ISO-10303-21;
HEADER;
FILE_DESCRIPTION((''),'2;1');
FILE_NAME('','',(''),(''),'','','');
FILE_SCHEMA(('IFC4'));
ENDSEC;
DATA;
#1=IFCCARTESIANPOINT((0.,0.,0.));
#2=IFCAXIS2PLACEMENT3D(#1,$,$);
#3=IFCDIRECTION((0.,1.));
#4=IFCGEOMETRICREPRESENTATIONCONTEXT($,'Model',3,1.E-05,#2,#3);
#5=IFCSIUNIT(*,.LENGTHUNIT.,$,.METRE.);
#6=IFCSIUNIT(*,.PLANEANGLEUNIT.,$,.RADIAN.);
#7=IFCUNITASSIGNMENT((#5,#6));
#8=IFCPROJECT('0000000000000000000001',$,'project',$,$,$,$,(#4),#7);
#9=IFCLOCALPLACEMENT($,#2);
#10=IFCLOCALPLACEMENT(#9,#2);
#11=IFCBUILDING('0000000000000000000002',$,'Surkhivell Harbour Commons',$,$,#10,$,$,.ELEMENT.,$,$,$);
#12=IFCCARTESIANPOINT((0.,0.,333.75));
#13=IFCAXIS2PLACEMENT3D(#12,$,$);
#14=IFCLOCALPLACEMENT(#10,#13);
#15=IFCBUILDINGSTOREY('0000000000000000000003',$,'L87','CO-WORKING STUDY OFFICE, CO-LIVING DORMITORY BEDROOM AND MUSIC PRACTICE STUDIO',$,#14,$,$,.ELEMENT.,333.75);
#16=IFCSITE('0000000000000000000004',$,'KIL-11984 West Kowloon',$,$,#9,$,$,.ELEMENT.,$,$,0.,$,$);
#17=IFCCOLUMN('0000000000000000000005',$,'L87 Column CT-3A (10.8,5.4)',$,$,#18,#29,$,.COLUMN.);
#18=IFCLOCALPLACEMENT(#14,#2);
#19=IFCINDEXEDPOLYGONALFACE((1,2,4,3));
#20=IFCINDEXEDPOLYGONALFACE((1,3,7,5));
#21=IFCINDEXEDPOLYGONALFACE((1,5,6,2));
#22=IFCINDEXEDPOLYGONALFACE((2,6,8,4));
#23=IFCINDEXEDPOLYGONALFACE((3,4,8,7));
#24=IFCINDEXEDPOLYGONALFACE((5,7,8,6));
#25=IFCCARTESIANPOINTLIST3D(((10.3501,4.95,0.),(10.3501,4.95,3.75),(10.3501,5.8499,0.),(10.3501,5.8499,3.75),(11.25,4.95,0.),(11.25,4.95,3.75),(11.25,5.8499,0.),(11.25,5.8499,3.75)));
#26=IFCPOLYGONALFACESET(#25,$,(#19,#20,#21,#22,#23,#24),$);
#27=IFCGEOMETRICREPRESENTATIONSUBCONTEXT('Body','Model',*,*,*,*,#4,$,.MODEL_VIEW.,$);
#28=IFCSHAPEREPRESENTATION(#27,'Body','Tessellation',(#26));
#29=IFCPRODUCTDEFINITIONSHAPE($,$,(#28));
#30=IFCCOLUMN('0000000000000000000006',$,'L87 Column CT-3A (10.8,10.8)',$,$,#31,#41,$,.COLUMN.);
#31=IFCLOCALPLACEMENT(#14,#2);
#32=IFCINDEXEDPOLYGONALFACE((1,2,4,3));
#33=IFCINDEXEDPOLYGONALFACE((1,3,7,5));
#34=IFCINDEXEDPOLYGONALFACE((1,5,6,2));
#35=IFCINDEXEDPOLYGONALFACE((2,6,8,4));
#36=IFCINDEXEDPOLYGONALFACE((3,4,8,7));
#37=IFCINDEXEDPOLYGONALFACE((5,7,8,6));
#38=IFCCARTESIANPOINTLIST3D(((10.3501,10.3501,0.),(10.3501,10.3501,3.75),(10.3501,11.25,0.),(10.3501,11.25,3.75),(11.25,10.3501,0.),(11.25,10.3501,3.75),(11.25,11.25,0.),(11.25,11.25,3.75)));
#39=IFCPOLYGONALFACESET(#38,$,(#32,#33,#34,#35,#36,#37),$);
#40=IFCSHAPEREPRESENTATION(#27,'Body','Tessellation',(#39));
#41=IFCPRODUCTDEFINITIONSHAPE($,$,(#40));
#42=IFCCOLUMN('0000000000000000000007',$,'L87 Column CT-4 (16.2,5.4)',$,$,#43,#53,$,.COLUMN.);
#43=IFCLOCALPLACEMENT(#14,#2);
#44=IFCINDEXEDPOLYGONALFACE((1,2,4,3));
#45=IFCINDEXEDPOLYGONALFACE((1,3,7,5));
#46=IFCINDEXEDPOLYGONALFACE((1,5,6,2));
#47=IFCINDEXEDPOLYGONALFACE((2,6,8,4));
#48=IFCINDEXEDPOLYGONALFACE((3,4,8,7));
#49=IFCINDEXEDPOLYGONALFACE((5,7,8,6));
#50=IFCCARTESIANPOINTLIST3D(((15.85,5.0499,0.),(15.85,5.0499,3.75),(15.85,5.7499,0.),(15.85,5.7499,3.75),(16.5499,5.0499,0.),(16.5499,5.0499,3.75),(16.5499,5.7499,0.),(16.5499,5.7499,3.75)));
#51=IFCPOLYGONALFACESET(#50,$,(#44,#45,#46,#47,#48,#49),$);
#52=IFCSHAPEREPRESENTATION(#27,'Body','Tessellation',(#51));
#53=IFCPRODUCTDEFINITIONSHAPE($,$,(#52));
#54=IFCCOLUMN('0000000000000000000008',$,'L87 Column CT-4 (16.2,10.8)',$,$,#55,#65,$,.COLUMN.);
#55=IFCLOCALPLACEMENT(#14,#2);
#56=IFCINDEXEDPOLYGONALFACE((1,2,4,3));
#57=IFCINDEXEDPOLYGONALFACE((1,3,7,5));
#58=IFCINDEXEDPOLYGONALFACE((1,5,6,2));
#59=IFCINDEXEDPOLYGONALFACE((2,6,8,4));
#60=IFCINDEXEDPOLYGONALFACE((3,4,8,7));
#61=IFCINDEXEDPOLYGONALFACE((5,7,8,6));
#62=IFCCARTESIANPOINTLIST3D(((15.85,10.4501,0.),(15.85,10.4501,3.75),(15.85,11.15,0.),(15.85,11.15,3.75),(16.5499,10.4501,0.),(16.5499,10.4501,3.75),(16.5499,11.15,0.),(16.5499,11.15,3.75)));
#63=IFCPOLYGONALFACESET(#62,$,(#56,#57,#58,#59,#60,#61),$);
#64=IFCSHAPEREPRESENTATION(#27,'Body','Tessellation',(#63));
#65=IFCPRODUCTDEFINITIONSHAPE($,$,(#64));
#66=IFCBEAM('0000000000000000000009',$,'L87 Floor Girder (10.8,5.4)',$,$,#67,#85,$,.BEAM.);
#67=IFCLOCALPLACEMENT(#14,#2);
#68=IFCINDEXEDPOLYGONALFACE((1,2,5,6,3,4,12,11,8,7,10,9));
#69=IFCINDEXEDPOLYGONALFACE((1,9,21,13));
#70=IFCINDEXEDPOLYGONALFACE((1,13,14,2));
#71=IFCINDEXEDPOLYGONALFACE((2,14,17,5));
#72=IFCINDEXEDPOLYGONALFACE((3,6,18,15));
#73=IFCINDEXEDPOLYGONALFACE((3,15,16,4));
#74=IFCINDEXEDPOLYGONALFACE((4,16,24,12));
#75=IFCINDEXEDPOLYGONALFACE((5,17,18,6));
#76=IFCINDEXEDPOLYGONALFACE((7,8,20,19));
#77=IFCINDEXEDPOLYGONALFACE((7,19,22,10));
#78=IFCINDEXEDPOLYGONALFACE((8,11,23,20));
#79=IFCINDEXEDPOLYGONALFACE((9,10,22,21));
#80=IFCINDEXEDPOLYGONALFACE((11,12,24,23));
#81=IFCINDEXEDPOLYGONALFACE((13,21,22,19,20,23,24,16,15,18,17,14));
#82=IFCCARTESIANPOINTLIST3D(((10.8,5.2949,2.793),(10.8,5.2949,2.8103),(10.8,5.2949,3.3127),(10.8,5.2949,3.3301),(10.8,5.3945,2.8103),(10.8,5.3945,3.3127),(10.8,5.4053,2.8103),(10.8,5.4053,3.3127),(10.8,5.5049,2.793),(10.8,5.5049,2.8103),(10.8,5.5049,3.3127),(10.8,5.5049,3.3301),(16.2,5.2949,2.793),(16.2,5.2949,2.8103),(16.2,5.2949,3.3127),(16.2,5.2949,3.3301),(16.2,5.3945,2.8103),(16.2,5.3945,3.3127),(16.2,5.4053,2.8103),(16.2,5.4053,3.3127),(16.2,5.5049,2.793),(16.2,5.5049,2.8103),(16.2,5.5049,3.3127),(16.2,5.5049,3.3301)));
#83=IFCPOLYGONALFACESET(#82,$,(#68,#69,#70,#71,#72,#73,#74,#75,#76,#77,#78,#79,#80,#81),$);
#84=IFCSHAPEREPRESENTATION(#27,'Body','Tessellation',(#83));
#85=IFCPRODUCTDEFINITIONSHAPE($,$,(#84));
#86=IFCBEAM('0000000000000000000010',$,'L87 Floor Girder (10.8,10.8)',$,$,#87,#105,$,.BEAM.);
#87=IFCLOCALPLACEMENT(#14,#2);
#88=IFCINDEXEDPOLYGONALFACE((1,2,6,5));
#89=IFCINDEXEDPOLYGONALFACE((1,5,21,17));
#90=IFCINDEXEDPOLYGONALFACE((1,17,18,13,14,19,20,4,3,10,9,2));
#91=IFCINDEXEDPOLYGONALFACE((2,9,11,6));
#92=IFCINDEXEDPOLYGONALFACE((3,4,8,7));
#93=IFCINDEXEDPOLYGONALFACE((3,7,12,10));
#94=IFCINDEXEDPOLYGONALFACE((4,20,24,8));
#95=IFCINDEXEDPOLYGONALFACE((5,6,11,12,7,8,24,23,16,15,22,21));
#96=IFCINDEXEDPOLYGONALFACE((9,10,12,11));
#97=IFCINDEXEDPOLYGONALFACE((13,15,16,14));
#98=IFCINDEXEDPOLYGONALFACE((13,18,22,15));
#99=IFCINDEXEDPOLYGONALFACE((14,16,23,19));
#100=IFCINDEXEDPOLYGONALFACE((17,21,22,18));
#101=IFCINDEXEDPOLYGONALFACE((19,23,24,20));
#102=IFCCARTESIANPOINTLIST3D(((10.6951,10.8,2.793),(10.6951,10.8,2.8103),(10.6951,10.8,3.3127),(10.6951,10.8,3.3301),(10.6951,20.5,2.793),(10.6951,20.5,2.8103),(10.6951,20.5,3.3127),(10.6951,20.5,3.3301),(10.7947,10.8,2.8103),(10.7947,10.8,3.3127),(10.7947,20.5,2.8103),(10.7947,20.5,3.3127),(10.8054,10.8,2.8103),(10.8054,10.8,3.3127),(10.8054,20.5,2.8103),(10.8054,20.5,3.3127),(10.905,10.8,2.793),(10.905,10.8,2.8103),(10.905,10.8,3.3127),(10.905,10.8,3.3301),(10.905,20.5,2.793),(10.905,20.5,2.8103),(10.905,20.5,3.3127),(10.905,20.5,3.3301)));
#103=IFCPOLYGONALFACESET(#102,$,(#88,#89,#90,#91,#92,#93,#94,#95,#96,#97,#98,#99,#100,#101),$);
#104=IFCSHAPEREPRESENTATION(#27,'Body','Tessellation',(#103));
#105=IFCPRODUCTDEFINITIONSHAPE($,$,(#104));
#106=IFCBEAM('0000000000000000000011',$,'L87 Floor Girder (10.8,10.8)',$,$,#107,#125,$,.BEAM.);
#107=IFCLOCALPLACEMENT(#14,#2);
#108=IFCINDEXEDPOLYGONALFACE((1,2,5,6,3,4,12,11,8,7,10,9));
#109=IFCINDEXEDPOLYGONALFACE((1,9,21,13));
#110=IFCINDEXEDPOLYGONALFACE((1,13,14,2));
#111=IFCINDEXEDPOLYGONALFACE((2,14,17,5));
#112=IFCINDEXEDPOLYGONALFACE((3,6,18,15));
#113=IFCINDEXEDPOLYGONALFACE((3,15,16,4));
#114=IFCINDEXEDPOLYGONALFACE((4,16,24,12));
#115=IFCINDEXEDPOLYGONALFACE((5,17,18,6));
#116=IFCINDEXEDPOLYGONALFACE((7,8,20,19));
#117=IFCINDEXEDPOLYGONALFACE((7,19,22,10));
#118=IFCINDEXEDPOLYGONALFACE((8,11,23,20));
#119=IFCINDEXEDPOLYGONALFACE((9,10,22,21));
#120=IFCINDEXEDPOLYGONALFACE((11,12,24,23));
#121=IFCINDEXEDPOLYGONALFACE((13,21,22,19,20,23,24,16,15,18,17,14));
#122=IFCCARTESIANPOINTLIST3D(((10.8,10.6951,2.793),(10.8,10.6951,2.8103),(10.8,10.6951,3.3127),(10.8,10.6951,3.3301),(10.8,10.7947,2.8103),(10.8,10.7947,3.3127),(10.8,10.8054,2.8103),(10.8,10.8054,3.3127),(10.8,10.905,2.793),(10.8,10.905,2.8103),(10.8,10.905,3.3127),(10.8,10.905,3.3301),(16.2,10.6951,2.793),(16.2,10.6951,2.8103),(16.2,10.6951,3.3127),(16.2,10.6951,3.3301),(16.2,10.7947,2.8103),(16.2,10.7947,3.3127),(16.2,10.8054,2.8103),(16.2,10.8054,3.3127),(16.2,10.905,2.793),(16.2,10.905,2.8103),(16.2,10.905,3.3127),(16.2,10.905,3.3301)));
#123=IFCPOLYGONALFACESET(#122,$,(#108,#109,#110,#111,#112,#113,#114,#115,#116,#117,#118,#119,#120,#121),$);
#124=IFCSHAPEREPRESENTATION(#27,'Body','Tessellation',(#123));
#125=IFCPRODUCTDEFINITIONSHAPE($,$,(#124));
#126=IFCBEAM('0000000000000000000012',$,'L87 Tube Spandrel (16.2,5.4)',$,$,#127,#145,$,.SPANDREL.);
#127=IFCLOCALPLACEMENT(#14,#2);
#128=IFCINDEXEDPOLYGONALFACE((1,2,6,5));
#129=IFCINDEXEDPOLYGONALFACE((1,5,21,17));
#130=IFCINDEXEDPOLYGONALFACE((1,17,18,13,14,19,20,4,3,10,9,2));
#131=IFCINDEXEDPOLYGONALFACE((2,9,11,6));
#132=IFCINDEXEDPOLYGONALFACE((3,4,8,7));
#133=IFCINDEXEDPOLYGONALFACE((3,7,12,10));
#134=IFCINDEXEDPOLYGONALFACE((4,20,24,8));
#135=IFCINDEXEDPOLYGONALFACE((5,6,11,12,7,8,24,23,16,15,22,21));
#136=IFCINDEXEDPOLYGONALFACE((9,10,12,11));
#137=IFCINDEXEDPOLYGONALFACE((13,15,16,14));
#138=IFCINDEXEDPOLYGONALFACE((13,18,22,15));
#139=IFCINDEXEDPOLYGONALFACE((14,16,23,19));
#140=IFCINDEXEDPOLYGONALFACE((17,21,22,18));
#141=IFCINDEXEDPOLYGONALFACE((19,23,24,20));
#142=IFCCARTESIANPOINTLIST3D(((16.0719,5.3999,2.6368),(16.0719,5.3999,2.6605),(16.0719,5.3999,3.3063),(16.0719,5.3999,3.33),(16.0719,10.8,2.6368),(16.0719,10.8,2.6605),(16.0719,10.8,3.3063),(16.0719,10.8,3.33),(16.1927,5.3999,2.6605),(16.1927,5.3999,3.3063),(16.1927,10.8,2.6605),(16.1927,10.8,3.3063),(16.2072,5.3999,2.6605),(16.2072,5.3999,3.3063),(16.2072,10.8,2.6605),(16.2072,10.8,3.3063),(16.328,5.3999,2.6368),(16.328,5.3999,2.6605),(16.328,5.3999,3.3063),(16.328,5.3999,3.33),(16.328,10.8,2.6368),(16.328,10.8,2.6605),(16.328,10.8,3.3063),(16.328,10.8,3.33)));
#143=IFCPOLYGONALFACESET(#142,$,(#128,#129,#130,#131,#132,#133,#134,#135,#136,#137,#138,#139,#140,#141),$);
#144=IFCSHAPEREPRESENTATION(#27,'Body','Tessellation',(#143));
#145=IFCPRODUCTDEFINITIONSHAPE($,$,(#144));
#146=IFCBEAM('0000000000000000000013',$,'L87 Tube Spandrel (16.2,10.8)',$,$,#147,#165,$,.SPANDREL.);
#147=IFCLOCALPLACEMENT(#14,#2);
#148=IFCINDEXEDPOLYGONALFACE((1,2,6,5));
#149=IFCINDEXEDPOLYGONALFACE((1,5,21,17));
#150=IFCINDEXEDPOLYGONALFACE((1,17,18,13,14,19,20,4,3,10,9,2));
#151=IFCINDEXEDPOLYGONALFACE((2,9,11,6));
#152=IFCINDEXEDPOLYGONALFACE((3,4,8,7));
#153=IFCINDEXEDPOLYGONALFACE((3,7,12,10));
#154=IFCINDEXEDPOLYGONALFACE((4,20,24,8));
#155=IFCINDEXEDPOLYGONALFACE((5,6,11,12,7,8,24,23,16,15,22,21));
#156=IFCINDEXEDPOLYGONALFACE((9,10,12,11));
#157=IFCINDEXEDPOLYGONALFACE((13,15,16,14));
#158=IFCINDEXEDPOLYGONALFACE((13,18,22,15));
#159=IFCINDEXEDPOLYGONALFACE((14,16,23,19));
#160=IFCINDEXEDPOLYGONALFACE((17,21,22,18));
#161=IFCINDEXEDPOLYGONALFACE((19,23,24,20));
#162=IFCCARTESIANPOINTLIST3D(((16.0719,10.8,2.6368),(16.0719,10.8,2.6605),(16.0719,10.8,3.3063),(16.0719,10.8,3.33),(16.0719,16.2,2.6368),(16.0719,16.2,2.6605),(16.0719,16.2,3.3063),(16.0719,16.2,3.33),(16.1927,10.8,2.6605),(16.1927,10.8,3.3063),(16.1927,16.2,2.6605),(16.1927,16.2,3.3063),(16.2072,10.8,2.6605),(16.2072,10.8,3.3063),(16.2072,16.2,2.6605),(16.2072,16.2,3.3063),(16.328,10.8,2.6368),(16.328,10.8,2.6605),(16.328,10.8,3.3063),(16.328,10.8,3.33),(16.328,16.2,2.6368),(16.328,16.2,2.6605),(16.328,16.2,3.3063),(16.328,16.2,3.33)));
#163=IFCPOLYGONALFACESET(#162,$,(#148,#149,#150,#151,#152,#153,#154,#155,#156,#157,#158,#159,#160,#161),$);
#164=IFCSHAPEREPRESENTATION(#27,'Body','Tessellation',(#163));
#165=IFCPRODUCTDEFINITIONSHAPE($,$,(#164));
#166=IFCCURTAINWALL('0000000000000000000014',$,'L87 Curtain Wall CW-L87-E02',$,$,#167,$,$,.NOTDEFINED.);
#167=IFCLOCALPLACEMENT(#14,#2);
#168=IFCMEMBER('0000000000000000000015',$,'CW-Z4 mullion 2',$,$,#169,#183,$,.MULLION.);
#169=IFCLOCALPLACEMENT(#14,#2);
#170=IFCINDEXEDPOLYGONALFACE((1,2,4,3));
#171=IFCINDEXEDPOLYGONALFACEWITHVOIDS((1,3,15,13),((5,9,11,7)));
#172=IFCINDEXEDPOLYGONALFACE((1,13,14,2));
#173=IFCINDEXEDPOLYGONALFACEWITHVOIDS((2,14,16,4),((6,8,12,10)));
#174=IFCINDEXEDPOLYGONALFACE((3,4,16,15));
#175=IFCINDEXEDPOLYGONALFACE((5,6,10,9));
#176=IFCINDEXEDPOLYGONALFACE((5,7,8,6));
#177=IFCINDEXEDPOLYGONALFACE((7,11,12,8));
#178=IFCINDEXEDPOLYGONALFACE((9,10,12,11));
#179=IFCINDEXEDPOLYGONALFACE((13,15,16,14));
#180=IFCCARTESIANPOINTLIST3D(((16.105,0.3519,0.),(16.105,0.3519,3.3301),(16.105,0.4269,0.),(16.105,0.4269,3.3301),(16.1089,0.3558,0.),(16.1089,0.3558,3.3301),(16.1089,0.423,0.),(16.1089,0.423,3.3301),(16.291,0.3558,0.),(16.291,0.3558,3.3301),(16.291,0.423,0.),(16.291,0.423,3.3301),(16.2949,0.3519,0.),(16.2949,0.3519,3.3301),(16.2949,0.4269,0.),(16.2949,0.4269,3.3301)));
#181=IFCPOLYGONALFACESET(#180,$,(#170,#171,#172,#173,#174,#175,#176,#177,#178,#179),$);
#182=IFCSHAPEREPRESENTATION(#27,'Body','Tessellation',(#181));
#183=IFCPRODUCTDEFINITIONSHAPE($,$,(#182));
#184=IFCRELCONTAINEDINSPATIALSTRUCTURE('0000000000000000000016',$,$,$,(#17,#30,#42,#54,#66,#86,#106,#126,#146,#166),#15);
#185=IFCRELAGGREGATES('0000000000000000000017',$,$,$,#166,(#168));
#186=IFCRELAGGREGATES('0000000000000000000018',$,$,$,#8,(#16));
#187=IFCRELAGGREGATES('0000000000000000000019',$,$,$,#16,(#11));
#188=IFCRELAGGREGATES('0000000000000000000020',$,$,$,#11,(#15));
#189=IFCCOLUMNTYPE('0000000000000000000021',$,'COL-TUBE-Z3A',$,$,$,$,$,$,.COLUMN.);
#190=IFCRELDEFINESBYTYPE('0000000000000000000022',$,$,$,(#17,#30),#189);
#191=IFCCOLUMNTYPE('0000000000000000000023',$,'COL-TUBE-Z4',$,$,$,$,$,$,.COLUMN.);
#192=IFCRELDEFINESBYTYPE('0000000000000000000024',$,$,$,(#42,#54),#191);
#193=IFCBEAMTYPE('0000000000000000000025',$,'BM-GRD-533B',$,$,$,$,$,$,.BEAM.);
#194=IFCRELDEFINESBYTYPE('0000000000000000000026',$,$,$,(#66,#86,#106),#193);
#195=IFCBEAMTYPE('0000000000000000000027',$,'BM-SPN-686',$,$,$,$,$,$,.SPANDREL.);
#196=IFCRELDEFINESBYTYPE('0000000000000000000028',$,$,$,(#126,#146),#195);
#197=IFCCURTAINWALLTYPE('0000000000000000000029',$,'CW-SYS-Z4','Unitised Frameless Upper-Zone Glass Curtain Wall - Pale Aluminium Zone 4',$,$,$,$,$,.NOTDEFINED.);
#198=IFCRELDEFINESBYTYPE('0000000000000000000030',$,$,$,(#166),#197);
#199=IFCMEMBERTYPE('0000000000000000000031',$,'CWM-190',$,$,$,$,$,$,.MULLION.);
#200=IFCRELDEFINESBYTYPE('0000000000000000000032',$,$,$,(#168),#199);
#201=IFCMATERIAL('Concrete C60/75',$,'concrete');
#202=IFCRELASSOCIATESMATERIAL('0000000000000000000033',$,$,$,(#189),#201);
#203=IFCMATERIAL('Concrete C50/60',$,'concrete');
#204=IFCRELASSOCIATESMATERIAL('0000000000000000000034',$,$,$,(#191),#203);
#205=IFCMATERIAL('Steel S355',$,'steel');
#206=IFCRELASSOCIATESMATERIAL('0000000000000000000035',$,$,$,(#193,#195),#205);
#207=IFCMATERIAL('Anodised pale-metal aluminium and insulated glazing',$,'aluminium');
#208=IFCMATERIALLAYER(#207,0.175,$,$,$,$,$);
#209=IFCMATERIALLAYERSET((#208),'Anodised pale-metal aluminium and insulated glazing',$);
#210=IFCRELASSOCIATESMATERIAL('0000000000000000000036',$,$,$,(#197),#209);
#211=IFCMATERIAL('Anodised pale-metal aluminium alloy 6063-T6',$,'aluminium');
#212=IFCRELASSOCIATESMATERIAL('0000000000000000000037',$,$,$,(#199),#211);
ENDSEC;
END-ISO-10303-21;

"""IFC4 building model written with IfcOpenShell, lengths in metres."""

from ifc_helpers import new_model, si_unit, direction, frame, origin, origin_2d, place, context, subcontext, project, spatial, rectangle, hollow_rectangle, i_section, extrude, material, layer, layer_set, material_profile, profile_set, type_object, element, aggregate, save


model = new_model("IFC4")

# Units and contexts
model_context = context("Model", 3, precision=1e-05, world=origin(), true_north=direction((0.0, 1.0)))
body_context = subcontext(model_context, "Body", "Model", "MODEL_VIEW")
ifc_project = project(units=[si_unit("LENGTHUNIT", "METRE"), si_unit("PLANEANGLEUNIT", "RADIAN")], contexts=[model_context])

# Site, building, storey
site_placement = place(None, origin())
site = spatial("IfcSite", under=ifc_project, at=site_placement, Name="KIL-11984 West Kowloon", CompositionType="ELEMENT", RefElevation=0.0)
building_placement = place(site_placement, origin())
building = spatial("IfcBuilding", under=site, at=building_placement, Name="Surkhivell Harbour Commons", CompositionType="ELEMENT")
storey_placement = place(building_placement, frame((0.0, 0.0, 333.75)))
storey = spatial("IfcBuildingStorey", under=building, at=storey_placement, Name="L87", Description="CO-WORKING STUDY OFFICE, CO-LIVING DORMITORY BEDROOM AND MUSIC PRACTICE STUDIO", CompositionType="ELEMENT", Elevation=333.75)

# Columns
ifc_material_1 = material(Name="Concrete C60/75", Category="concrete")
ifc_material_profile_1 = material_profile(ifc_material_1, rectangle(XDim=0.8999, YDim=0.8999, at=origin_2d()), Name="RC-COL-900x900")
ifc_profile_set_1 = profile_set([ifc_material_profile_1], Name="Concrete C60/75")
column_type_1 = type_object("IfcColumnType", Name="COL-TUBE-Z3A", PredefinedType="COLUMN", material=ifc_profile_set_1)
for number, where, z_axis, x_axis, name in (
    (1, (10.8, 5.3999, 0.0), (0.0, 0.0, 1.0), (1.0, 0.0, 0.0), "L87 Column CT-3A (10.8,5.4)"),
    (2, (10.8, 10.8, 0.0), (0.0, 0.0, 1.0), (1.0, 0.0, 0.0), "L87 Column CT-3A (10.8,10.8)"),
):
    element("IfcColumn", number, at=place(storey_placement, frame(where, z_axis=z_axis, x_axis=x_axis)), inside=storey, type_object=column_type_1, Name=name, PredefinedType="COLUMN", context=body_context, shape_type="SweptSolid", body=[
        extrude(rectangle(XDim=0.8999, YDim=0.8999, at=origin_2d()), origin(), (0.0, 0.0, 1.0), 3.75),
    ])
ifc_material_2 = material(Name="Concrete C50/60", Category="concrete")
ifc_material_profile_2 = material_profile(ifc_material_2, rectangle(XDim=0.7, YDim=0.7, at=origin_2d()), Name="RC-COL-700x700")
ifc_profile_set_2 = profile_set([ifc_material_profile_2], Name="Concrete C50/60")
column_type_2 = type_object("IfcColumnType", Name="COL-TUBE-Z4", PredefinedType="COLUMN", material=ifc_profile_set_2)
for number, where, z_axis, x_axis, name in (
    (3, (16.2, 5.3999, 0.0), (0.0, 0.0, 1.0), (1.0, 0.0, 0.0), "L87 Column CT-4 (16.2,5.4)"),
    (4, (16.2, 10.8, 0.0), (0.0, 0.0, 1.0), (1.0, 0.0, 0.0), "L87 Column CT-4 (16.2,10.8)"),
):
    element("IfcColumn", number, at=place(storey_placement, frame(where, z_axis=z_axis, x_axis=x_axis)), inside=storey, type_object=column_type_2, Name=name, PredefinedType="COLUMN", context=body_context, shape_type="SweptSolid", body=[
        extrude(rectangle(XDim=0.7, YDim=0.7, at=origin_2d()), origin(), (0.0, 0.0, 1.0), 3.75),
    ])

# Beams
ifc_material_3 = material(Name="Steel S355", Category="steel")
ifc_material_profile_3 = material_profile(ifc_material_3, i_section(OverallWidth=0.21, OverallDepth=0.5371, WebThickness=0.0107, FlangeThickness=0.0173, at=origin_2d()), Name="UB533x210x101")
ifc_profile_set_3 = profile_set([ifc_material_profile_3], Name="Steel S355")
beam_type_1 = type_object("IfcBeamType", Name="BM-GRD-533B", PredefinedType="BEAM", material=ifc_profile_set_3)
beam_1_placement = place(storey_placement, frame((10.8, 5.3999, 3.0615), z_axis=(1.0, 0.0, 0.0), x_axis=(0.0, 1.0, 0.0)))
element("IfcBeam", 5, at=beam_1_placement, inside=storey, type_object=beam_type_1, Name="L87 Floor Girder (10.8,5.4)", PredefinedType="BEAM", context=body_context, shape_type="SweptSolid", body=[
    extrude(i_section(OverallWidth=0.21, OverallDepth=0.5371, WebThickness=0.0107, FlangeThickness=0.0173, at=origin_2d()), origin(), (0.0, 0.0, 1.0), 5.3999),
])
beam_2_placement = place(storey_placement, frame((10.8, 10.8, 3.0615), z_axis=(0.0, 1.0, 0.0), x_axis=(-1.0, 0.0, 0.0)))
element("IfcBeam", 6, at=beam_2_placement, inside=storey, type_object=beam_type_1, Name="L87 Floor Girder (10.8,10.8)", PredefinedType="BEAM", context=body_context, shape_type="SweptSolid", body=[
    extrude(i_section(OverallWidth=0.21, OverallDepth=0.5371, WebThickness=0.0107, FlangeThickness=0.0173, at=origin_2d()), origin(), (0.0, 0.0, 1.0), 9.7),
])
beam_3_placement = place(storey_placement, frame((10.8, 10.8, 3.0615), z_axis=(1.0, 0.0, 0.0), x_axis=(0.0, 1.0, 0.0)))
element("IfcBeam", 7, at=beam_3_placement, inside=storey, type_object=beam_type_1, Name="L87 Floor Girder (10.8,10.8)", PredefinedType="BEAM", context=body_context, shape_type="SweptSolid", body=[
    extrude(i_section(OverallWidth=0.21, OverallDepth=0.5371, WebThickness=0.0107, FlangeThickness=0.0173, at=origin_2d()), origin(), (0.0, 0.0, 1.0), 5.3999),
])
ifc_material_profile_4 = material_profile(ifc_material_3, i_section(OverallWidth=0.2561, OverallDepth=0.6931, WebThickness=0.0144, FlangeThickness=0.0237, at=origin_2d()), Name="UB686x254x170")
ifc_profile_set_4 = profile_set([ifc_material_profile_4], Name="Steel S355")
beam_type_2 = type_object("IfcBeamType", Name="BM-SPN-686", PredefinedType="SPANDREL", material=ifc_profile_set_4)
beam_4_placement = place(storey_placement, frame((16.2, 5.3999, 2.9834), z_axis=(0.0, 1.0, 0.0), x_axis=(-1.0, 0.0, 0.0)))
element("IfcBeam", 8, at=beam_4_placement, inside=storey, type_object=beam_type_2, Name="L87 Tube Spandrel (16.2,5.4)", PredefinedType="SPANDREL", context=body_context, shape_type="SweptSolid", body=[
    extrude(i_section(OverallWidth=0.2561, OverallDepth=0.6931, WebThickness=0.0144, FlangeThickness=0.0237, at=origin_2d()), origin(), (0.0, 0.0, 1.0), 5.4001),
])
beam_5_placement = place(storey_placement, frame((16.2, 10.8, 2.9834), z_axis=(0.0, 1.0, 0.0), x_axis=(-1.0, 0.0, 0.0)))
element("IfcBeam", 9, at=beam_5_placement, inside=storey, type_object=beam_type_2, Name="L87 Tube Spandrel (16.2,10.8)", PredefinedType="SPANDREL", context=body_context, shape_type="SweptSolid", body=[
    extrude(i_section(OverallWidth=0.2561, OverallDepth=0.6931, WebThickness=0.0144, FlangeThickness=0.0237, at=origin_2d()), origin(), (0.0, 0.0, 1.0), 5.3999),
])

# Curtain wall, member
ifc_material_4 = material(Name="Anodised pale-metal aluminium and insulated glazing", Category="aluminium")
ifc_layer_1 = layer(ifc_material_4, 0.175)
ifc_layer_set_1 = layer_set([ifc_layer_1], Name="Anodised pale-metal aluminium and insulated glazing")
curtain_wall_type = type_object("IfcCurtainWallType", Name="CW-SYS-Z4", Description="Unitised Frameless Upper-Zone Glass Curtain Wall - Pale Aluminium Zone 4", PredefinedType="NOTDEFINED", material=ifc_layer_set_1)
curtain_wall_placement = place(storey_placement, origin())
curtain_wall = element("IfcCurtainWall", 10, at=curtain_wall_placement, inside=storey, type_object=curtain_wall_type, Name="L87 Curtain Wall CW-L87-E02", PredefinedType="NOTDEFINED")
ifc_material_5 = material(Name="Anodised pale-metal aluminium alloy 6063-T6", Category="aluminium")
ifc_material_profile_5 = material_profile(ifc_material_5, hollow_rectangle(XDim=0.075, YDim=0.1899, WallThickness=0.0039, at=origin_2d()), Name="ALU-MULL-75x190")
ifc_profile_set_5 = profile_set([ifc_material_profile_5], Name="Anodised pale-metal aluminium alloy 6063-T6")
member_type_1 = type_object("IfcMemberType", Name="CWM-190", PredefinedType="MULLION", material=ifc_profile_set_5)
member_1_placement = place(storey_placement, frame((16.2, 0.3894, 0.0), z_axis=(0.0, 0.0, 1.0), x_axis=(0.0, 1.0, 0.0)))
member_1 = element("IfcMember", 11, at=member_1_placement, type_object=member_type_1, Name="CW-Z4 mullion 2", PredefinedType="MULLION", context=body_context, shape_type="SweptSolid", body=[
    extrude(hollow_rectangle(XDim=0.075, YDim=0.1899, WallThickness=0.0039, at=origin_2d()), origin(), (0.0, 0.0, 1.0), 3.3301),
])
aggregate(curtain_wall, [member_1])

save(model, "model.ifc")
